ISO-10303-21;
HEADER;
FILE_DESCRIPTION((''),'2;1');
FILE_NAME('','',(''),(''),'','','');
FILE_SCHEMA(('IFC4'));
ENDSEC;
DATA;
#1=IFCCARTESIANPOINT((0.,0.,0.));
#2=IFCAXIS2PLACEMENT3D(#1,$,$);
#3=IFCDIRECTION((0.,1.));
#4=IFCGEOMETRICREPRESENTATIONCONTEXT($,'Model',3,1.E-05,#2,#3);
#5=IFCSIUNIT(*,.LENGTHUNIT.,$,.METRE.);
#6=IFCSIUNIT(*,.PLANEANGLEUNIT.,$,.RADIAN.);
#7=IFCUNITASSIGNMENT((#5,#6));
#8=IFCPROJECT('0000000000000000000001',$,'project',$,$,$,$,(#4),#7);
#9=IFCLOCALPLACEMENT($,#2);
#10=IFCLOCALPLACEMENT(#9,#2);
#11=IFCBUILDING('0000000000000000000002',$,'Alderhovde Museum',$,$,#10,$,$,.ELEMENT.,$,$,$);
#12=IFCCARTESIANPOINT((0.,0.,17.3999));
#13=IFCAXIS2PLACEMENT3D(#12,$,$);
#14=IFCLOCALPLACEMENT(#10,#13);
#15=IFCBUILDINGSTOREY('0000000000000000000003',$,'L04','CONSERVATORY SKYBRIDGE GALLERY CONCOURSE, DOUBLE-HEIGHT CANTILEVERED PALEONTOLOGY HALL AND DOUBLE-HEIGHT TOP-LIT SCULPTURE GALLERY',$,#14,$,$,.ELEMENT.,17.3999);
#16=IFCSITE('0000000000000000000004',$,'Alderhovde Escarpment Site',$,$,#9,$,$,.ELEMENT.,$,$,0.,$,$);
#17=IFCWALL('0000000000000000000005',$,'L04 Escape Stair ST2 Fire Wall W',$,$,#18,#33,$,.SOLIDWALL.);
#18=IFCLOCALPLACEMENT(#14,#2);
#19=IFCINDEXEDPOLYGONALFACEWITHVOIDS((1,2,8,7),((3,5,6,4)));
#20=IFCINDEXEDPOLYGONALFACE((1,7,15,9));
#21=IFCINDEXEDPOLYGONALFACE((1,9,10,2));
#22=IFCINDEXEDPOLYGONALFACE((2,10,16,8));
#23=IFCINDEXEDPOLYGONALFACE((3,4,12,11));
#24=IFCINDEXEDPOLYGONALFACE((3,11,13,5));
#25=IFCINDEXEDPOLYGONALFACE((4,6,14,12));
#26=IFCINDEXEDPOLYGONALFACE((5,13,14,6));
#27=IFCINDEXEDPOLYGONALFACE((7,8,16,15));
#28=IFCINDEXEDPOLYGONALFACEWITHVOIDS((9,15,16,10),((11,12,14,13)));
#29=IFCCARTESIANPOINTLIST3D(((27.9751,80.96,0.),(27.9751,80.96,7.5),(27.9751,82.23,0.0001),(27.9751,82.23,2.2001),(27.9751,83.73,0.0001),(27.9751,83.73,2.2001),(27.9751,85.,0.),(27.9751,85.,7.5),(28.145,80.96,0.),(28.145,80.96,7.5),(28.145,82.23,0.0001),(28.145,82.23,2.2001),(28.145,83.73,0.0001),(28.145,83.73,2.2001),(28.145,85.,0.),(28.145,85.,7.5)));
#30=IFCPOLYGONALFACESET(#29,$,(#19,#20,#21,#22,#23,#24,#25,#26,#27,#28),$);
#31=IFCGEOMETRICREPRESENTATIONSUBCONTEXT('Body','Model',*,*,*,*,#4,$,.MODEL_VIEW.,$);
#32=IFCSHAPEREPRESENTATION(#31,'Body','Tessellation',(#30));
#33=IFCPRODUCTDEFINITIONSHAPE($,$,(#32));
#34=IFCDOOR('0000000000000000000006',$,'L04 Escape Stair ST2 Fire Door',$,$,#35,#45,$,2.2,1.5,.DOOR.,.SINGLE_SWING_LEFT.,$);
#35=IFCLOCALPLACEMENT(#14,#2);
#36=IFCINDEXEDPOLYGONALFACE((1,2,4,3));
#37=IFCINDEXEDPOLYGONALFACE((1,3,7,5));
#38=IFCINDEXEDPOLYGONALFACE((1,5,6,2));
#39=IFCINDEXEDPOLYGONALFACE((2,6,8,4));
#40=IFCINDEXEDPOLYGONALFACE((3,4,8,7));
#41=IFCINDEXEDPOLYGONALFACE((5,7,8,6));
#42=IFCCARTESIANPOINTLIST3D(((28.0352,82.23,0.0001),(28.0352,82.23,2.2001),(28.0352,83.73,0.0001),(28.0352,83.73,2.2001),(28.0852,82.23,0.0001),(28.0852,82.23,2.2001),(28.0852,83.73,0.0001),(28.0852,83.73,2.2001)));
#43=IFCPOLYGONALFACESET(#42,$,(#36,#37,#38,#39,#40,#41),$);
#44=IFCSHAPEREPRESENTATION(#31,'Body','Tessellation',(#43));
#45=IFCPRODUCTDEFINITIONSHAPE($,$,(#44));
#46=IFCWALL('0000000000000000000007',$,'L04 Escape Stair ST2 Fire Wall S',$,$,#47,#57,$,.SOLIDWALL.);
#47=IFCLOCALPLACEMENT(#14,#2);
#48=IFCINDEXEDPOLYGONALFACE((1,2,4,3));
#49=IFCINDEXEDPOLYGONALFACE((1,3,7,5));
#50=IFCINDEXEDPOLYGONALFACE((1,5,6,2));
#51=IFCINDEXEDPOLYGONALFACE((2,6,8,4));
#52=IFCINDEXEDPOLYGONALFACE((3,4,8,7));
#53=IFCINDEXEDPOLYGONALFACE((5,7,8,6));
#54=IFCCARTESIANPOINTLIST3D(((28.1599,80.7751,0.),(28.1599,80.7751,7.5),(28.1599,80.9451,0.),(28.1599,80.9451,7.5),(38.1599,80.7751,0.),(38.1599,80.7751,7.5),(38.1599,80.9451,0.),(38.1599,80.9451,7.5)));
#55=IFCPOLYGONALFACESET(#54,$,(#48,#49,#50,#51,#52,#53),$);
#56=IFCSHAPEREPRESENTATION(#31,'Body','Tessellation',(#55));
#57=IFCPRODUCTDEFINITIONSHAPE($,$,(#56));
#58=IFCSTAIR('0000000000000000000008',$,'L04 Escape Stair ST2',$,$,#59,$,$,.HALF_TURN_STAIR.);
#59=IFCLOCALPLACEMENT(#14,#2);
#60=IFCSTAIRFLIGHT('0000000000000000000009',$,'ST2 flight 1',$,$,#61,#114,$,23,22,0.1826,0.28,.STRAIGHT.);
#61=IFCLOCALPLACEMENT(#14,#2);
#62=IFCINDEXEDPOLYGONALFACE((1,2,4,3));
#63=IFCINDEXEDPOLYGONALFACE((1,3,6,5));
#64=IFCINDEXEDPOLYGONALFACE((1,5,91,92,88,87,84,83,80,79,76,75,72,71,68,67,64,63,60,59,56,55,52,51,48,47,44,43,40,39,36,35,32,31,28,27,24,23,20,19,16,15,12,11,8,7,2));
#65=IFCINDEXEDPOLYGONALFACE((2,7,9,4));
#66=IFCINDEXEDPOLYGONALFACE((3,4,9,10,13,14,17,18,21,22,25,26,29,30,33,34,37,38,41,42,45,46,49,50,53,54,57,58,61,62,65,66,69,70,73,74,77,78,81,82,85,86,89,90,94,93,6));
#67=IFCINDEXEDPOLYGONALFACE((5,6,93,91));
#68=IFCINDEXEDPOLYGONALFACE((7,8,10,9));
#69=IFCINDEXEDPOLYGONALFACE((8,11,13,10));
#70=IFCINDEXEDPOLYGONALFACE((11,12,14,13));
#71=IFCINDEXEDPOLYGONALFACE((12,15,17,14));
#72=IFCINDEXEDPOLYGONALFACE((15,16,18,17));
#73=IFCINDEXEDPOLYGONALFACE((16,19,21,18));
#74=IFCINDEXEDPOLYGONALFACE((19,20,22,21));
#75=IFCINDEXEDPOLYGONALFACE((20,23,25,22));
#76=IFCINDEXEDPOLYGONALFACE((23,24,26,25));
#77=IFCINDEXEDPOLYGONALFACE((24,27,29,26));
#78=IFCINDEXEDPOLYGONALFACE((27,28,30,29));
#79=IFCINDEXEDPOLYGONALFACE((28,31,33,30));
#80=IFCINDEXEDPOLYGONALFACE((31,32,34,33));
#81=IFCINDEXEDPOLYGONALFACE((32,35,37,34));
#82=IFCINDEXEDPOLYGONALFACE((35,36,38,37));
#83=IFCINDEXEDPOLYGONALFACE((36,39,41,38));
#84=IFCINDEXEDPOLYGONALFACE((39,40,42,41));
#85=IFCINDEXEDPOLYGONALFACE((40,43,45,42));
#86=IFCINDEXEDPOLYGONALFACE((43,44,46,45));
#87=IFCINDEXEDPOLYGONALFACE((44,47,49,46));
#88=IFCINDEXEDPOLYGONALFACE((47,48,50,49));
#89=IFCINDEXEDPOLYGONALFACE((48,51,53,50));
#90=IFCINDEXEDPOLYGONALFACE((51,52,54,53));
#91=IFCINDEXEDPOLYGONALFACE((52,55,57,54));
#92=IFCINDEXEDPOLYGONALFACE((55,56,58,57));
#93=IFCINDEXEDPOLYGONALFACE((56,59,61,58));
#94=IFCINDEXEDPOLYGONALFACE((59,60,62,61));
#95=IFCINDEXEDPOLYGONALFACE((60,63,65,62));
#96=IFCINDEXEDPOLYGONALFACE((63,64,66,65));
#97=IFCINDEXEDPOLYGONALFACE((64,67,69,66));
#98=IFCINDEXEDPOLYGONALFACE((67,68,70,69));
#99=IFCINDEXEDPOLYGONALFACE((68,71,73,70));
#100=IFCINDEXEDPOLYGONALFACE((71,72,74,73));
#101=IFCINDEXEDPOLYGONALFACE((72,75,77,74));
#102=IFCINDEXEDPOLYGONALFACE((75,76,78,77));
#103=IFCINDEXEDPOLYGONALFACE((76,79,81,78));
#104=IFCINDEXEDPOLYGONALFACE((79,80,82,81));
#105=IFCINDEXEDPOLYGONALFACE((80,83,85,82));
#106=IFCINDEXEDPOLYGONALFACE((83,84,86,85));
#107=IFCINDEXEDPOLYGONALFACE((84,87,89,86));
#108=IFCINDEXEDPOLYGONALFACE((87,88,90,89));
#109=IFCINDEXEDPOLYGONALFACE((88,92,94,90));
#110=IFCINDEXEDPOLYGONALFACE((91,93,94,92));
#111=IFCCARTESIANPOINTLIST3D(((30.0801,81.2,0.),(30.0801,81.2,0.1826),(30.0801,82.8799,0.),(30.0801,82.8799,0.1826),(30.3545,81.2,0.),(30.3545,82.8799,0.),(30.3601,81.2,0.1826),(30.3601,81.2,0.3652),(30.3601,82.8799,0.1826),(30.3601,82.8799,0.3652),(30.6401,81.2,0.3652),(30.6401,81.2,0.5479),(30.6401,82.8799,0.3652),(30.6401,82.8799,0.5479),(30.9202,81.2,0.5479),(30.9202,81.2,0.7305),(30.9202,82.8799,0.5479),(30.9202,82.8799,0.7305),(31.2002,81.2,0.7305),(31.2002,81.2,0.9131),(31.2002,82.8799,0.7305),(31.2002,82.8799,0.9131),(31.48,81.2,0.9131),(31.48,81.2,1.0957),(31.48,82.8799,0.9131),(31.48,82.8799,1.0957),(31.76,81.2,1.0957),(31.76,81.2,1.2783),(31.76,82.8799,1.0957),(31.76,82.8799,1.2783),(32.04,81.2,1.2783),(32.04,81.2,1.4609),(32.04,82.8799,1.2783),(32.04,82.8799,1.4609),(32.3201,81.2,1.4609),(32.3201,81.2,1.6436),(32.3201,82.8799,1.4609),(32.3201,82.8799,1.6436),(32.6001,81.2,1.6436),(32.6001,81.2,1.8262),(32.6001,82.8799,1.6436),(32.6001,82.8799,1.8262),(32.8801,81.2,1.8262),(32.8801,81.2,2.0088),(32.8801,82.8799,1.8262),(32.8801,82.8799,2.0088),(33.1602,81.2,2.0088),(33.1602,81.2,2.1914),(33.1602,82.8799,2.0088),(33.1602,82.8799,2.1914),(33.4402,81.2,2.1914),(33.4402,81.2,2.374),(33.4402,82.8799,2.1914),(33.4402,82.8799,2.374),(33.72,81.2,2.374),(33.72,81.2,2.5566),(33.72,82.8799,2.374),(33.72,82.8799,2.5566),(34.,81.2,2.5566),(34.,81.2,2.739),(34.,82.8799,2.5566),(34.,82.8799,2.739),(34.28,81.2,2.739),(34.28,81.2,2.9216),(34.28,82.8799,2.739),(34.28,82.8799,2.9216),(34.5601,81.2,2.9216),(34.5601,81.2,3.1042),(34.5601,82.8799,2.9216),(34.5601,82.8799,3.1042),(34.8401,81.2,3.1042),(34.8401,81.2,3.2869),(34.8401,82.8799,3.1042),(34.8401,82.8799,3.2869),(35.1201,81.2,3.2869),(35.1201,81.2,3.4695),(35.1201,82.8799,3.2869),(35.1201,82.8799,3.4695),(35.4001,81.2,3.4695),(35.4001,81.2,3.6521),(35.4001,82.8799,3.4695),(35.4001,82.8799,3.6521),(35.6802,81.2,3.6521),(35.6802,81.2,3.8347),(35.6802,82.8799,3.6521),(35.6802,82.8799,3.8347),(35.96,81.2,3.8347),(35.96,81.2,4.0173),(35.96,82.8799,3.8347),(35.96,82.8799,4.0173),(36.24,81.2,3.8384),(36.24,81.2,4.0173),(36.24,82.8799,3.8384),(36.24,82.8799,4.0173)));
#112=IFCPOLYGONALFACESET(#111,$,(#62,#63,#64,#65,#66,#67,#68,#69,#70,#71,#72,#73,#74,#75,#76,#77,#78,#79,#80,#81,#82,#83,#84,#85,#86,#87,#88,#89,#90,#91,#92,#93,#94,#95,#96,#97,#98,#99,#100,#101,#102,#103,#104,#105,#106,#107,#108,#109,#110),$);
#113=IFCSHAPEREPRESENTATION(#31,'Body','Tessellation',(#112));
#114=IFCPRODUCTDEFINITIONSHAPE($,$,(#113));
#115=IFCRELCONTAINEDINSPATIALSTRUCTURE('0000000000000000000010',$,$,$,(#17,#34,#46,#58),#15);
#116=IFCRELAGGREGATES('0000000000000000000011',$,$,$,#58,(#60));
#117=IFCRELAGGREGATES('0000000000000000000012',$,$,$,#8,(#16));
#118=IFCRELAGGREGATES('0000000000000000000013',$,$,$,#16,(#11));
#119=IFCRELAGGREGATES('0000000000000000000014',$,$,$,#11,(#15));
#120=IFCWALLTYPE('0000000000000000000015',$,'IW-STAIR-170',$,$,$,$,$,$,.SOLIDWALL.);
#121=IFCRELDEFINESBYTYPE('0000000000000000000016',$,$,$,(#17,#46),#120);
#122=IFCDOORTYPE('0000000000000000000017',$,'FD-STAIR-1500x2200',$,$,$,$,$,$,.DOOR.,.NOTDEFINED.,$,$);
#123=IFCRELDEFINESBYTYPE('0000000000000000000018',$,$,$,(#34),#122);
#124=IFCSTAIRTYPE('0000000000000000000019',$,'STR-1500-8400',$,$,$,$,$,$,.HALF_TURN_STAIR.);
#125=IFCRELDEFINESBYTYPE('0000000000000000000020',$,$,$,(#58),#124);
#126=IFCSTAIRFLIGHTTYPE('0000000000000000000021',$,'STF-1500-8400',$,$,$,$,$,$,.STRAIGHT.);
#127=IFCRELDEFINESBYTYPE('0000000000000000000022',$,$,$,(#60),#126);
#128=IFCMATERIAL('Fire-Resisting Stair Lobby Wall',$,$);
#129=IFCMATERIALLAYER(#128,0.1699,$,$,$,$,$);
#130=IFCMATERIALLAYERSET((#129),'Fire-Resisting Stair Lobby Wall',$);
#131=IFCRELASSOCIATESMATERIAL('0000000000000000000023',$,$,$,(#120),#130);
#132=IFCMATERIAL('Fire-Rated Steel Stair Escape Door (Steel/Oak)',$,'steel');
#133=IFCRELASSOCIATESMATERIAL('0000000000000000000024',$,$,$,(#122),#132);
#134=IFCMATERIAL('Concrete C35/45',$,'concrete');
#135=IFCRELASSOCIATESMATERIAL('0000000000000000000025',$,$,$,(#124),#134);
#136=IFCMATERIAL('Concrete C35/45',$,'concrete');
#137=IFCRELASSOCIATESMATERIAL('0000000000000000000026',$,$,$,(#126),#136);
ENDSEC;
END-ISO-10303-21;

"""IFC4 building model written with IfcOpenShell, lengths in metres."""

from ifc_helpers import new_model, si_unit, direction, frame, frame_2d, origin, place, context, subcontext, project, spatial, polyline, rectangle, outline, extrude, material, layer, layer_set, type_object, element, fill, aggregate, save


model = new_model("IFC4")

# Units and contexts
model_context = context("Model", 3, precision=1e-05, world=origin(), true_north=direction((0.0, 1.0)))
body_context = subcontext(model_context, "Body", "Model", "MODEL_VIEW")
ifc_project = project(units=[si_unit("LENGTHUNIT", "METRE"), si_unit("PLANEANGLEUNIT", "RADIAN")], contexts=[model_context])

# Site, building, storey
site_placement = place(None, origin())
site = spatial("IfcSite", under=ifc_project, at=site_placement, Name="Alderhovde Escarpment Site", CompositionType="ELEMENT", RefElevation=0.0)
building_placement = place(site_placement, origin())
building = spatial("IfcBuilding", under=site, at=building_placement, Name="Alderhovde Museum", CompositionType="ELEMENT")
storey_placement = place(building_placement, frame((0.0, 0.0, 17.3999)))
storey = spatial("IfcBuildingStorey", under=building, at=storey_placement, Name="L04", Description="CONSERVATORY SKYBRIDGE GALLERY CONCOURSE, DOUBLE-HEIGHT CANTILEVERED PALEONTOLOGY HALL AND DOUBLE-HEIGHT TOP-LIT SCULPTURE GALLERY", CompositionType="ELEMENT", Elevation=17.3999)

# Wall, opening, door
ifc_material_1 = material(Name="Fire-Resisting Stair Lobby Wall")
ifc_layer_1 = layer(ifc_material_1, 0.1699)
ifc_layer_set_1 = layer_set([ifc_layer_1], Name="Fire-Resisting Stair Lobby Wall")
wall_type_1 = type_object("IfcWallType", Name="IW-STAIR-170", PredefinedType="SOLIDWALL", material=ifc_layer_set_1)
wall_1_placement = place(storey_placement, frame((28.0601, 80.96, 0.0), z_axis=(0.0, 0.0, 1.0), x_axis=(0.0, 1.0, 0.0)))
wall_1 = element("IfcWall", 1, at=wall_1_placement, inside=storey, type_object=wall_type_1, Name="L04 Escape Stair ST2 Fire Wall W", PredefinedType="SOLIDWALL", context=body_context, shape_type="SweptSolid", body=[
    extrude(rectangle(XDim=4.04, YDim=0.1699, at=frame_2d((2.02, 0.0))), origin(), (0.0, 0.0, 1.0), 7.5),
])
opening_placement = place(wall_1_placement, frame((1.27, 0.0, 0.0)))
opening = element("IfcOpeningElement", 2, at=opening_placement, cuts=wall_1, PredefinedType="OPENING", context=body_context, shape_type="SweptSolid", body=[
    extrude(rectangle(XDim=1.5, YDim=2.2, at=frame_2d((0.75, 1.1001))), frame((0.0, 0.095, 0.0), z_axis=(0.0, -1.0, 0.0), x_axis=(1.0, 0.0, 0.0)), (0.0, 0.0, 1.0), 0.1899),
])
ifc_material_2 = material(Name="Fire-Rated Steel Stair Escape Door (Steel/Oak)", Category="steel")
door_type = type_object("IfcDoorType", Name="FD-STAIR-1500x2200", OperationType="NOTDEFINED", PredefinedType="DOOR", material=ifc_material_2)
door_placement = place(opening_placement, origin())
door = element("IfcDoor", 3, at=door_placement, inside=storey, type_object=door_type, Name="L04 Escape Stair ST2 Fire Door", OperationType="SINGLE_SWING_LEFT", OverallHeight=2.2, OverallWidth=1.5, PredefinedType="DOOR", context=body_context, shape_type="SweptSolid", body=[
    extrude(rectangle(XDim=1.5, YDim=2.2, at=frame_2d((0.75, 1.1001))), frame((0.0, 0.0249, 0.0), z_axis=(0.0, -1.0, 0.0), x_axis=(1.0, 0.0, 0.0)), (0.0, 0.0, 1.0), 0.05),
])
fill(opening, door)

# Wall
wall_2_placement = place(storey_placement, frame((28.1599, 80.8601, 0.0), z_axis=(0.0, 0.0, 1.0), x_axis=(1.0, 0.0, 0.0)))
element("IfcWall", 4, at=wall_2_placement, inside=storey, type_object=wall_type_1, Name="L04 Escape Stair ST2 Fire Wall S", PredefinedType="SOLIDWALL", context=body_context, shape_type="SweptSolid", body=[
    extrude(rectangle(XDim=10.0, YDim=0.1699, at=frame_2d((5.0, 0.0))), origin(), (0.0, 0.0, 1.0), 7.5),
])

# Stair, stair flight
ifc_material_3 = material(Name="Concrete C35/45", Category="concrete")
stair_type = type_object("IfcStairType", Name="STR-1500-8400", PredefinedType="HALF_TURN_STAIR", material=ifc_material_3)
stair_placement = place(storey_placement, origin())
stair = element("IfcStair", 5, at=stair_placement, inside=storey, type_object=stair_type, Name="L04 Escape Stair ST2", PredefinedType="HALF_TURN_STAIR")
ifc_material_4 = material(Name="Concrete C35/45", Category="concrete")
stair_flight_type = type_object("IfcStairFlightType", Name="STF-1500-8400", PredefinedType="STRAIGHT", material=ifc_material_4)
stair_flight_placement = place(storey_placement, frame((30.0801, 82.04, 0.0), z_axis=(0.0, 0.0, 1.0), x_axis=(1.0, 0.0, 0.0)))
stair_flight = element("IfcStairFlight", 6, at=stair_flight_placement, type_object=stair_flight_type, Name="ST2 flight 1", NumberOfRisers=23, NumberOfTreads=22, PredefinedType="STRAIGHT", RiserHeight=0.1826, TreadLength=0.28, context=body_context, shape_type="SweptSolid", body=[
    extrude(outline(polyline([(0.0, 0.0), (0.0, 0.1826), (0.28, 0.1826), (0.28, 0.3652), (0.5601, 0.3652), (0.5601, 0.5479), (0.8401, 0.5479), (0.8401, 0.7305), (1.1201, 0.7305), (1.1201, 0.9131), (1.3999, 0.9131), (1.3999, 1.0957), (1.6799, 1.0957), (1.6799, 1.2783), (1.96, 1.2783), (1.96, 1.4609), (2.24, 1.4609), (2.24, 1.6436), (2.52, 1.6436), (2.52, 1.8262), (2.8, 1.8262), (2.8, 2.0088), (3.0801, 2.0088), (3.0801, 2.1914), (3.3601, 2.1914), (3.3601, 2.374), (3.6399, 2.374), (3.6399, 2.5566), (3.9199, 2.5566), (3.9199, 2.739), (4.2, 2.739), (4.2, 2.9216), (4.48, 2.9216), (4.48, 3.1042), (4.76, 3.1042), (4.76, 3.2869), (5.04, 3.2869), (5.04, 3.4695), (5.3201, 3.4695), (5.3201, 3.6521), (5.6001, 3.6521), (5.6001, 3.8347), (5.8799, 3.8347), (5.8799, 4.0173), (6.1599, 4.0173), (6.1599, 4.2), (6.1599, 3.8384), (0.2744, 0.0), (0.0, 0.0)])), frame((0.0, 0.8398, 0.0), z_axis=(0.0, -1.0, 0.0), x_axis=(1.0, 0.0, 0.0)), (0.0, 0.0, 1.0), 1.6799),
])
aggregate(stair, [stair_flight])

save(model, "model.ifc")
